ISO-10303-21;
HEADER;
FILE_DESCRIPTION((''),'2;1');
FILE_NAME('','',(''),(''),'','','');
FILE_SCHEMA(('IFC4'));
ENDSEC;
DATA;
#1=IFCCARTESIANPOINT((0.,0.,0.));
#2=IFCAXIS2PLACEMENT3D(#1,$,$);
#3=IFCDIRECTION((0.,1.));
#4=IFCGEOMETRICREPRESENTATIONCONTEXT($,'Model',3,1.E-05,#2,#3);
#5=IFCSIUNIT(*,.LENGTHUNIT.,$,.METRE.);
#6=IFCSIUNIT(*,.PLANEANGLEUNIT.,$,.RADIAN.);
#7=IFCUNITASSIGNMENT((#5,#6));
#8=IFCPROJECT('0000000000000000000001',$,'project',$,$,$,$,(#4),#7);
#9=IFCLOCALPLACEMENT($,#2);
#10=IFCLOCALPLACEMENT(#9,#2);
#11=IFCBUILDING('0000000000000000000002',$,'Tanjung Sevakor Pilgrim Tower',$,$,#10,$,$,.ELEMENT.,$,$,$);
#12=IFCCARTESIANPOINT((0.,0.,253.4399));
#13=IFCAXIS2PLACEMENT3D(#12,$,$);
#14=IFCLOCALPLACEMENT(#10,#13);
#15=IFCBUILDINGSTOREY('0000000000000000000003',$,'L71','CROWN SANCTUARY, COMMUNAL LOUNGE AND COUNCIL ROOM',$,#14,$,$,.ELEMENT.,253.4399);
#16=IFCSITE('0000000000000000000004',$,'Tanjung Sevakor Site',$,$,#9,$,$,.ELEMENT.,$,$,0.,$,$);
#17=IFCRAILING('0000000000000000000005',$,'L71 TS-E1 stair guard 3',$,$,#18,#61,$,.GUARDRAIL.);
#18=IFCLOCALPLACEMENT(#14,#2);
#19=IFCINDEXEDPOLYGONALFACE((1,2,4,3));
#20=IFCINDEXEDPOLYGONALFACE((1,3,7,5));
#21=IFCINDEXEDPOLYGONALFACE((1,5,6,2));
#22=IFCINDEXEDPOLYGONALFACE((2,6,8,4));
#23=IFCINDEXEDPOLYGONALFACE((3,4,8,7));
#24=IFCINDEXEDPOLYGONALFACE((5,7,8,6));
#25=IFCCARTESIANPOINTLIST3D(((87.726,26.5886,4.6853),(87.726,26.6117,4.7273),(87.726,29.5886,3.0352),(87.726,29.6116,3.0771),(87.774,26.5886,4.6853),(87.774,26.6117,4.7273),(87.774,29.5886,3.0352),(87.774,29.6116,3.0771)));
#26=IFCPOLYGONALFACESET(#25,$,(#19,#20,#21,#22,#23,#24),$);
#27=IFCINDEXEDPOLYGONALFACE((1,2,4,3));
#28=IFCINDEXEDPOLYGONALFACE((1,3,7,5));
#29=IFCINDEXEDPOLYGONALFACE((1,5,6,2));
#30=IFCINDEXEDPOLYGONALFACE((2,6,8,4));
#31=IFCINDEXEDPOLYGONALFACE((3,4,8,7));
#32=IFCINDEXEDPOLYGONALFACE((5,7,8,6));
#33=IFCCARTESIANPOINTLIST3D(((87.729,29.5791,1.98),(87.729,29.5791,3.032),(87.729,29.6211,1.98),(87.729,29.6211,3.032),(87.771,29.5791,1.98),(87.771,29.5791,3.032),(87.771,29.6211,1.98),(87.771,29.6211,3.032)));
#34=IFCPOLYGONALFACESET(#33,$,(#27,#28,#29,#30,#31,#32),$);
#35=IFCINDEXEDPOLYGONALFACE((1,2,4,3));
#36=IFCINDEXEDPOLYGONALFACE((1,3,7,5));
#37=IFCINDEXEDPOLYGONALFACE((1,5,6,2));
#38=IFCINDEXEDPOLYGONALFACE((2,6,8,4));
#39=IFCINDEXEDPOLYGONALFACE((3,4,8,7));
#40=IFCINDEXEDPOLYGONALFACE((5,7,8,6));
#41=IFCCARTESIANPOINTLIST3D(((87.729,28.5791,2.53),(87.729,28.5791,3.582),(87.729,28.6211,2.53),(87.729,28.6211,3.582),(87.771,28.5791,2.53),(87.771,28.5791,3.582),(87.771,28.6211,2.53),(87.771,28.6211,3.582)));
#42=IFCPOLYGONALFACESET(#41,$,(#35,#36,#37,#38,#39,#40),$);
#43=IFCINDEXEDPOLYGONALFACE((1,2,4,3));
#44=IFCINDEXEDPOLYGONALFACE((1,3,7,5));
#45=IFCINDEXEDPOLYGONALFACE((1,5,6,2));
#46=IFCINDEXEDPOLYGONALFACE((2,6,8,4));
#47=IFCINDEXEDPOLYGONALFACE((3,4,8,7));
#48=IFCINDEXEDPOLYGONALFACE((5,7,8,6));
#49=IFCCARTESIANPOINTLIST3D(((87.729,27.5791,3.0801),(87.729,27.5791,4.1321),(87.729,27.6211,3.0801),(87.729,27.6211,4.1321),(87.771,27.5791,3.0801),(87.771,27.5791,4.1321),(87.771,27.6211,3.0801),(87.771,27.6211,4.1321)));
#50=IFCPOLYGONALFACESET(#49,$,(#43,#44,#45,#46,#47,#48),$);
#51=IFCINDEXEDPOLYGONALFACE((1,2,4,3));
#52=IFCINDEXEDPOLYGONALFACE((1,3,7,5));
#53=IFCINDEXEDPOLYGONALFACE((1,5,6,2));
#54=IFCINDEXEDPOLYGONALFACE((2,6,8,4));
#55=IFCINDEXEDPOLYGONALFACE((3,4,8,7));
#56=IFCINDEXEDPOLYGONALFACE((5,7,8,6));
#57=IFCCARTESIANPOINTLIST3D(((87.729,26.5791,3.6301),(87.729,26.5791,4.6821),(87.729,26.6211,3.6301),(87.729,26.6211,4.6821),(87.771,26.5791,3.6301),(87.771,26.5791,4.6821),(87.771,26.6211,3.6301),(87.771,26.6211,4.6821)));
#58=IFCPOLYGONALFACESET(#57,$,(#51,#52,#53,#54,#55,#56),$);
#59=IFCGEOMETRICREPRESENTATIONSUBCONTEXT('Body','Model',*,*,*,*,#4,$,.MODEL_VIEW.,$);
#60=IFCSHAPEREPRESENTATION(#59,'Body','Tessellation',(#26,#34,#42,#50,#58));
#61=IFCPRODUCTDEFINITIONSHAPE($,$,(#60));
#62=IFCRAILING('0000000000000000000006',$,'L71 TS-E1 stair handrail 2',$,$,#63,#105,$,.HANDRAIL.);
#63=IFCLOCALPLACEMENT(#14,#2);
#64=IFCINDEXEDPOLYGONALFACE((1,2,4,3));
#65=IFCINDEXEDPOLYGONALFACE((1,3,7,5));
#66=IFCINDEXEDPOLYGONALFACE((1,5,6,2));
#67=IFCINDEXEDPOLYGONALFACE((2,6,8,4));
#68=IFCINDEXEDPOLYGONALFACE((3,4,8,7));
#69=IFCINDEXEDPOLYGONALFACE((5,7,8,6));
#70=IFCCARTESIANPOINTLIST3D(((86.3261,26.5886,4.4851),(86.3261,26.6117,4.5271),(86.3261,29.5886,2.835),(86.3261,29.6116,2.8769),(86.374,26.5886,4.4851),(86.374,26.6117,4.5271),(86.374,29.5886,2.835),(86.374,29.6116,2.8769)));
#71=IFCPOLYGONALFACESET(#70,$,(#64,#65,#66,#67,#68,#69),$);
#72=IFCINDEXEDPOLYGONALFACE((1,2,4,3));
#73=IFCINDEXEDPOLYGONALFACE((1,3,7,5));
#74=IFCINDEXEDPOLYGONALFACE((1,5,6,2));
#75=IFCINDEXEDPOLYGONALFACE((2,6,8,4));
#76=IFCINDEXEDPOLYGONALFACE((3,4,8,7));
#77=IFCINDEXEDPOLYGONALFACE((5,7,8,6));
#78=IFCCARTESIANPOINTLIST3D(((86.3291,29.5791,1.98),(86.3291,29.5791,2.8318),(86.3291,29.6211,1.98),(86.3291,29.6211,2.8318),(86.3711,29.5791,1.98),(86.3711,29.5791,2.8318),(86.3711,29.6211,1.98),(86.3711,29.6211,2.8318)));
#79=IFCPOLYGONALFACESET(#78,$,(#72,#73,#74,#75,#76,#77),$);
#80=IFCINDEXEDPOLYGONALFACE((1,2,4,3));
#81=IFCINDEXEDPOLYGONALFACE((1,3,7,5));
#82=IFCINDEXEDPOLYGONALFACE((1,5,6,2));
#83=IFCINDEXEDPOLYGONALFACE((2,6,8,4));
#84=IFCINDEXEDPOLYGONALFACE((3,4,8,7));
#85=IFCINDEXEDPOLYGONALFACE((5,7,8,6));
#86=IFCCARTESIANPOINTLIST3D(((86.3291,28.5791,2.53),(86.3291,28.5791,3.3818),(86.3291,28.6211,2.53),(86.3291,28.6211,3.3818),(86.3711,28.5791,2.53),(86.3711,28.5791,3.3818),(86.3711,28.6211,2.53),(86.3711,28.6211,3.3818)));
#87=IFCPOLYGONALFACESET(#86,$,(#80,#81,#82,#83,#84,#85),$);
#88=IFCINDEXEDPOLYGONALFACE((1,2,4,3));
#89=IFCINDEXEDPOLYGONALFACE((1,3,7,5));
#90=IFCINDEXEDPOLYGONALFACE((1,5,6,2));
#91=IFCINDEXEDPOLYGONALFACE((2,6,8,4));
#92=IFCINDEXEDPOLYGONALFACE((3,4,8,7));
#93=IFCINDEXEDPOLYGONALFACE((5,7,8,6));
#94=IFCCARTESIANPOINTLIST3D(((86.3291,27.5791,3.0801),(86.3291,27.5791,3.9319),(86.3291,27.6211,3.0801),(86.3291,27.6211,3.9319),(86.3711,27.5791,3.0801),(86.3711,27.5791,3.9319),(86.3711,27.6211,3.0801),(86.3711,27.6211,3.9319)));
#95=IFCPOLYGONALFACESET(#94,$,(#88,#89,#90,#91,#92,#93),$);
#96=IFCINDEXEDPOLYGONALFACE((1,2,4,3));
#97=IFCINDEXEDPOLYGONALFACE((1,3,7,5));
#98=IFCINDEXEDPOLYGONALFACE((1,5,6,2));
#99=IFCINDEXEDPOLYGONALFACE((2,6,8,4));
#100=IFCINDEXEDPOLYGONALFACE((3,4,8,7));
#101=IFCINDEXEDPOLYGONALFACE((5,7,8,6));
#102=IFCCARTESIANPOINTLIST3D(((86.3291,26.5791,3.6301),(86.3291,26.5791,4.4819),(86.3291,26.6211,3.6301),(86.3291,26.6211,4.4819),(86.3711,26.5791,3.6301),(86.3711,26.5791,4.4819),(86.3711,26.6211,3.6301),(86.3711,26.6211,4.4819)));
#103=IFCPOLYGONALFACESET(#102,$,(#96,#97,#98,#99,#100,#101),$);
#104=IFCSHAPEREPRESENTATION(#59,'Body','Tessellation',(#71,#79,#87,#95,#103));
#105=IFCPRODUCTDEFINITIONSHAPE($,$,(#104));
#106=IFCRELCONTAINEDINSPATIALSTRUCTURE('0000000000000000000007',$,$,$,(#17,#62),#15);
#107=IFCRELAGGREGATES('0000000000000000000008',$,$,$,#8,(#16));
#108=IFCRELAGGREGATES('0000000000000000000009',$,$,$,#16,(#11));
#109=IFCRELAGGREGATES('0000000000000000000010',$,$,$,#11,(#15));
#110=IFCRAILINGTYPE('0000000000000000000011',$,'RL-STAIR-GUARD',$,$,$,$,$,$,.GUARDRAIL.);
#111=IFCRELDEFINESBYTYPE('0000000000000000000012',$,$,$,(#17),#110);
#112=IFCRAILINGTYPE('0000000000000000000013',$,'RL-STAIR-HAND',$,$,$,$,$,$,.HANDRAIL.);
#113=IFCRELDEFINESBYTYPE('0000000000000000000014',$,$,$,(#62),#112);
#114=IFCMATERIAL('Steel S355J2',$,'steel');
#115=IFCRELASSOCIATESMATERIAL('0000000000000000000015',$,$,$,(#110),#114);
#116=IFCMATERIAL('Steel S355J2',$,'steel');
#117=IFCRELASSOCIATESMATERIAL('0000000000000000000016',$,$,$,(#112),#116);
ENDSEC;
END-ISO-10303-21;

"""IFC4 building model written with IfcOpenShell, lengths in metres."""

from ifc_helpers import new_model, si_unit, direction, frame, origin, place, context, subcontext, project, spatial, rectangle, extrude, material, type_object, element, save


model = new_model("IFC4")

# Units and contexts
model_context = context("Model", 3, precision=1e-05, world=origin(), true_north=direction((0.0, 1.0)))
body_context = subcontext(model_context, "Body", "Model", "MODEL_VIEW")
ifc_project = project(units=[si_unit("LENGTHUNIT", "METRE"), si_unit("PLANEANGLEUNIT", "RADIAN")], contexts=[model_context])

# Site, building, storey
site_placement = place(None, origin())
site = spatial("IfcSite", under=ifc_project, at=site_placement, Name="Tanjung Sevakor Site", CompositionType="ELEMENT", RefElevation=0.0)
building_placement = place(site_placement, origin())
building = spatial("IfcBuilding", under=site, at=building_placement, Name="Tanjung Sevakor Pilgrim Tower", CompositionType="ELEMENT")
storey_placement = place(building_placement, frame((0.0, 0.0, 253.4399)))
storey = spatial("IfcBuildingStorey", under=building, at=storey_placement, Name="L71", Description="CROWN SANCTUARY, COMMUNAL LOUNGE AND COUNCIL ROOM", CompositionType="ELEMENT", Elevation=253.4399)

# Railings
ifc_material_1 = material(Name="Steel S355J2", Category="steel")
railing_type_1 = type_object("IfcRailingType", Name="RL-STAIR-GUARD", PredefinedType="GUARDRAIL", material=ifc_material_1)
railing_1_placement = place(storey_placement, frame((87.75, 29.6001, 1.98)))
element("IfcRailing", 1, at=railing_1_placement, inside=storey, type_object=railing_type_1, Name="L71 TS-E1 stair guard 3", PredefinedType="GUARDRAIL", context=body_context, shape_type="SweptSolid", body=[
    extrude(rectangle(XDim=0.0479, YDim=0.0479), frame((0.0, 0.0, 1.0762), z_axis=(0.0, -0.876198, 0.481952), x_axis=(1.0, 0.0, 0.0)), (0.0, 0.0, 1.0), 3.4238),
    extrude(rectangle(XDim=0.042, YDim=0.042), origin(), (0.0, 0.0, 1.0), 1.052),
    extrude(rectangle(XDim=0.042, YDim=0.042), frame((0.0, -1.0, 0.55)), (0.0, 0.0, 1.0), 1.052),
    extrude(rectangle(XDim=0.042, YDim=0.042), frame((0.0, -2.0, 1.1001)), (0.0, 0.0, 1.0), 1.052),
    extrude(rectangle(XDim=0.042, YDim=0.042), frame((0.0, -3.0, 1.6501)), (0.0, 0.0, 1.0), 1.052),
])
ifc_material_2 = material(Name="Steel S355J2", Category="steel")
railing_type_2 = type_object("IfcRailingType", Name="RL-STAIR-HAND", PredefinedType="HANDRAIL", material=ifc_material_2)
railing_2_placement = place(storey_placement, frame((86.3501, 29.6001, 1.98)))
element("IfcRailing", 2, at=railing_2_placement, inside=storey, type_object=railing_type_2, Name="L71 TS-E1 stair handrail 2", PredefinedType="HANDRAIL", context=body_context, shape_type="SweptSolid", body=[
    extrude(rectangle(XDim=0.0479, YDim=0.0479), frame((0.0, 0.0, 0.876), z_axis=(0.0, -0.876198, 0.481952), x_axis=(1.0, 0.0, 0.0)), (0.0, 0.0, 1.0), 3.4238),
    extrude(rectangle(XDim=0.042, YDim=0.042), origin(), (0.0, 0.0, 1.0), 0.8518),
    extrude(rectangle(XDim=0.042, YDim=0.042), frame((0.0, -1.0, 0.55)), (0.0, 0.0, 1.0), 0.8518),
    extrude(rectangle(XDim=0.042, YDim=0.042), frame((0.0, -2.0, 1.1001)), (0.0, 0.0, 1.0), 0.8518),
    extrude(rectangle(XDim=0.042, YDim=0.042), frame((0.0, -3.0, 1.6501)), (0.0, 0.0, 1.0), 0.8518),
])

save(model, "model.ifc")
